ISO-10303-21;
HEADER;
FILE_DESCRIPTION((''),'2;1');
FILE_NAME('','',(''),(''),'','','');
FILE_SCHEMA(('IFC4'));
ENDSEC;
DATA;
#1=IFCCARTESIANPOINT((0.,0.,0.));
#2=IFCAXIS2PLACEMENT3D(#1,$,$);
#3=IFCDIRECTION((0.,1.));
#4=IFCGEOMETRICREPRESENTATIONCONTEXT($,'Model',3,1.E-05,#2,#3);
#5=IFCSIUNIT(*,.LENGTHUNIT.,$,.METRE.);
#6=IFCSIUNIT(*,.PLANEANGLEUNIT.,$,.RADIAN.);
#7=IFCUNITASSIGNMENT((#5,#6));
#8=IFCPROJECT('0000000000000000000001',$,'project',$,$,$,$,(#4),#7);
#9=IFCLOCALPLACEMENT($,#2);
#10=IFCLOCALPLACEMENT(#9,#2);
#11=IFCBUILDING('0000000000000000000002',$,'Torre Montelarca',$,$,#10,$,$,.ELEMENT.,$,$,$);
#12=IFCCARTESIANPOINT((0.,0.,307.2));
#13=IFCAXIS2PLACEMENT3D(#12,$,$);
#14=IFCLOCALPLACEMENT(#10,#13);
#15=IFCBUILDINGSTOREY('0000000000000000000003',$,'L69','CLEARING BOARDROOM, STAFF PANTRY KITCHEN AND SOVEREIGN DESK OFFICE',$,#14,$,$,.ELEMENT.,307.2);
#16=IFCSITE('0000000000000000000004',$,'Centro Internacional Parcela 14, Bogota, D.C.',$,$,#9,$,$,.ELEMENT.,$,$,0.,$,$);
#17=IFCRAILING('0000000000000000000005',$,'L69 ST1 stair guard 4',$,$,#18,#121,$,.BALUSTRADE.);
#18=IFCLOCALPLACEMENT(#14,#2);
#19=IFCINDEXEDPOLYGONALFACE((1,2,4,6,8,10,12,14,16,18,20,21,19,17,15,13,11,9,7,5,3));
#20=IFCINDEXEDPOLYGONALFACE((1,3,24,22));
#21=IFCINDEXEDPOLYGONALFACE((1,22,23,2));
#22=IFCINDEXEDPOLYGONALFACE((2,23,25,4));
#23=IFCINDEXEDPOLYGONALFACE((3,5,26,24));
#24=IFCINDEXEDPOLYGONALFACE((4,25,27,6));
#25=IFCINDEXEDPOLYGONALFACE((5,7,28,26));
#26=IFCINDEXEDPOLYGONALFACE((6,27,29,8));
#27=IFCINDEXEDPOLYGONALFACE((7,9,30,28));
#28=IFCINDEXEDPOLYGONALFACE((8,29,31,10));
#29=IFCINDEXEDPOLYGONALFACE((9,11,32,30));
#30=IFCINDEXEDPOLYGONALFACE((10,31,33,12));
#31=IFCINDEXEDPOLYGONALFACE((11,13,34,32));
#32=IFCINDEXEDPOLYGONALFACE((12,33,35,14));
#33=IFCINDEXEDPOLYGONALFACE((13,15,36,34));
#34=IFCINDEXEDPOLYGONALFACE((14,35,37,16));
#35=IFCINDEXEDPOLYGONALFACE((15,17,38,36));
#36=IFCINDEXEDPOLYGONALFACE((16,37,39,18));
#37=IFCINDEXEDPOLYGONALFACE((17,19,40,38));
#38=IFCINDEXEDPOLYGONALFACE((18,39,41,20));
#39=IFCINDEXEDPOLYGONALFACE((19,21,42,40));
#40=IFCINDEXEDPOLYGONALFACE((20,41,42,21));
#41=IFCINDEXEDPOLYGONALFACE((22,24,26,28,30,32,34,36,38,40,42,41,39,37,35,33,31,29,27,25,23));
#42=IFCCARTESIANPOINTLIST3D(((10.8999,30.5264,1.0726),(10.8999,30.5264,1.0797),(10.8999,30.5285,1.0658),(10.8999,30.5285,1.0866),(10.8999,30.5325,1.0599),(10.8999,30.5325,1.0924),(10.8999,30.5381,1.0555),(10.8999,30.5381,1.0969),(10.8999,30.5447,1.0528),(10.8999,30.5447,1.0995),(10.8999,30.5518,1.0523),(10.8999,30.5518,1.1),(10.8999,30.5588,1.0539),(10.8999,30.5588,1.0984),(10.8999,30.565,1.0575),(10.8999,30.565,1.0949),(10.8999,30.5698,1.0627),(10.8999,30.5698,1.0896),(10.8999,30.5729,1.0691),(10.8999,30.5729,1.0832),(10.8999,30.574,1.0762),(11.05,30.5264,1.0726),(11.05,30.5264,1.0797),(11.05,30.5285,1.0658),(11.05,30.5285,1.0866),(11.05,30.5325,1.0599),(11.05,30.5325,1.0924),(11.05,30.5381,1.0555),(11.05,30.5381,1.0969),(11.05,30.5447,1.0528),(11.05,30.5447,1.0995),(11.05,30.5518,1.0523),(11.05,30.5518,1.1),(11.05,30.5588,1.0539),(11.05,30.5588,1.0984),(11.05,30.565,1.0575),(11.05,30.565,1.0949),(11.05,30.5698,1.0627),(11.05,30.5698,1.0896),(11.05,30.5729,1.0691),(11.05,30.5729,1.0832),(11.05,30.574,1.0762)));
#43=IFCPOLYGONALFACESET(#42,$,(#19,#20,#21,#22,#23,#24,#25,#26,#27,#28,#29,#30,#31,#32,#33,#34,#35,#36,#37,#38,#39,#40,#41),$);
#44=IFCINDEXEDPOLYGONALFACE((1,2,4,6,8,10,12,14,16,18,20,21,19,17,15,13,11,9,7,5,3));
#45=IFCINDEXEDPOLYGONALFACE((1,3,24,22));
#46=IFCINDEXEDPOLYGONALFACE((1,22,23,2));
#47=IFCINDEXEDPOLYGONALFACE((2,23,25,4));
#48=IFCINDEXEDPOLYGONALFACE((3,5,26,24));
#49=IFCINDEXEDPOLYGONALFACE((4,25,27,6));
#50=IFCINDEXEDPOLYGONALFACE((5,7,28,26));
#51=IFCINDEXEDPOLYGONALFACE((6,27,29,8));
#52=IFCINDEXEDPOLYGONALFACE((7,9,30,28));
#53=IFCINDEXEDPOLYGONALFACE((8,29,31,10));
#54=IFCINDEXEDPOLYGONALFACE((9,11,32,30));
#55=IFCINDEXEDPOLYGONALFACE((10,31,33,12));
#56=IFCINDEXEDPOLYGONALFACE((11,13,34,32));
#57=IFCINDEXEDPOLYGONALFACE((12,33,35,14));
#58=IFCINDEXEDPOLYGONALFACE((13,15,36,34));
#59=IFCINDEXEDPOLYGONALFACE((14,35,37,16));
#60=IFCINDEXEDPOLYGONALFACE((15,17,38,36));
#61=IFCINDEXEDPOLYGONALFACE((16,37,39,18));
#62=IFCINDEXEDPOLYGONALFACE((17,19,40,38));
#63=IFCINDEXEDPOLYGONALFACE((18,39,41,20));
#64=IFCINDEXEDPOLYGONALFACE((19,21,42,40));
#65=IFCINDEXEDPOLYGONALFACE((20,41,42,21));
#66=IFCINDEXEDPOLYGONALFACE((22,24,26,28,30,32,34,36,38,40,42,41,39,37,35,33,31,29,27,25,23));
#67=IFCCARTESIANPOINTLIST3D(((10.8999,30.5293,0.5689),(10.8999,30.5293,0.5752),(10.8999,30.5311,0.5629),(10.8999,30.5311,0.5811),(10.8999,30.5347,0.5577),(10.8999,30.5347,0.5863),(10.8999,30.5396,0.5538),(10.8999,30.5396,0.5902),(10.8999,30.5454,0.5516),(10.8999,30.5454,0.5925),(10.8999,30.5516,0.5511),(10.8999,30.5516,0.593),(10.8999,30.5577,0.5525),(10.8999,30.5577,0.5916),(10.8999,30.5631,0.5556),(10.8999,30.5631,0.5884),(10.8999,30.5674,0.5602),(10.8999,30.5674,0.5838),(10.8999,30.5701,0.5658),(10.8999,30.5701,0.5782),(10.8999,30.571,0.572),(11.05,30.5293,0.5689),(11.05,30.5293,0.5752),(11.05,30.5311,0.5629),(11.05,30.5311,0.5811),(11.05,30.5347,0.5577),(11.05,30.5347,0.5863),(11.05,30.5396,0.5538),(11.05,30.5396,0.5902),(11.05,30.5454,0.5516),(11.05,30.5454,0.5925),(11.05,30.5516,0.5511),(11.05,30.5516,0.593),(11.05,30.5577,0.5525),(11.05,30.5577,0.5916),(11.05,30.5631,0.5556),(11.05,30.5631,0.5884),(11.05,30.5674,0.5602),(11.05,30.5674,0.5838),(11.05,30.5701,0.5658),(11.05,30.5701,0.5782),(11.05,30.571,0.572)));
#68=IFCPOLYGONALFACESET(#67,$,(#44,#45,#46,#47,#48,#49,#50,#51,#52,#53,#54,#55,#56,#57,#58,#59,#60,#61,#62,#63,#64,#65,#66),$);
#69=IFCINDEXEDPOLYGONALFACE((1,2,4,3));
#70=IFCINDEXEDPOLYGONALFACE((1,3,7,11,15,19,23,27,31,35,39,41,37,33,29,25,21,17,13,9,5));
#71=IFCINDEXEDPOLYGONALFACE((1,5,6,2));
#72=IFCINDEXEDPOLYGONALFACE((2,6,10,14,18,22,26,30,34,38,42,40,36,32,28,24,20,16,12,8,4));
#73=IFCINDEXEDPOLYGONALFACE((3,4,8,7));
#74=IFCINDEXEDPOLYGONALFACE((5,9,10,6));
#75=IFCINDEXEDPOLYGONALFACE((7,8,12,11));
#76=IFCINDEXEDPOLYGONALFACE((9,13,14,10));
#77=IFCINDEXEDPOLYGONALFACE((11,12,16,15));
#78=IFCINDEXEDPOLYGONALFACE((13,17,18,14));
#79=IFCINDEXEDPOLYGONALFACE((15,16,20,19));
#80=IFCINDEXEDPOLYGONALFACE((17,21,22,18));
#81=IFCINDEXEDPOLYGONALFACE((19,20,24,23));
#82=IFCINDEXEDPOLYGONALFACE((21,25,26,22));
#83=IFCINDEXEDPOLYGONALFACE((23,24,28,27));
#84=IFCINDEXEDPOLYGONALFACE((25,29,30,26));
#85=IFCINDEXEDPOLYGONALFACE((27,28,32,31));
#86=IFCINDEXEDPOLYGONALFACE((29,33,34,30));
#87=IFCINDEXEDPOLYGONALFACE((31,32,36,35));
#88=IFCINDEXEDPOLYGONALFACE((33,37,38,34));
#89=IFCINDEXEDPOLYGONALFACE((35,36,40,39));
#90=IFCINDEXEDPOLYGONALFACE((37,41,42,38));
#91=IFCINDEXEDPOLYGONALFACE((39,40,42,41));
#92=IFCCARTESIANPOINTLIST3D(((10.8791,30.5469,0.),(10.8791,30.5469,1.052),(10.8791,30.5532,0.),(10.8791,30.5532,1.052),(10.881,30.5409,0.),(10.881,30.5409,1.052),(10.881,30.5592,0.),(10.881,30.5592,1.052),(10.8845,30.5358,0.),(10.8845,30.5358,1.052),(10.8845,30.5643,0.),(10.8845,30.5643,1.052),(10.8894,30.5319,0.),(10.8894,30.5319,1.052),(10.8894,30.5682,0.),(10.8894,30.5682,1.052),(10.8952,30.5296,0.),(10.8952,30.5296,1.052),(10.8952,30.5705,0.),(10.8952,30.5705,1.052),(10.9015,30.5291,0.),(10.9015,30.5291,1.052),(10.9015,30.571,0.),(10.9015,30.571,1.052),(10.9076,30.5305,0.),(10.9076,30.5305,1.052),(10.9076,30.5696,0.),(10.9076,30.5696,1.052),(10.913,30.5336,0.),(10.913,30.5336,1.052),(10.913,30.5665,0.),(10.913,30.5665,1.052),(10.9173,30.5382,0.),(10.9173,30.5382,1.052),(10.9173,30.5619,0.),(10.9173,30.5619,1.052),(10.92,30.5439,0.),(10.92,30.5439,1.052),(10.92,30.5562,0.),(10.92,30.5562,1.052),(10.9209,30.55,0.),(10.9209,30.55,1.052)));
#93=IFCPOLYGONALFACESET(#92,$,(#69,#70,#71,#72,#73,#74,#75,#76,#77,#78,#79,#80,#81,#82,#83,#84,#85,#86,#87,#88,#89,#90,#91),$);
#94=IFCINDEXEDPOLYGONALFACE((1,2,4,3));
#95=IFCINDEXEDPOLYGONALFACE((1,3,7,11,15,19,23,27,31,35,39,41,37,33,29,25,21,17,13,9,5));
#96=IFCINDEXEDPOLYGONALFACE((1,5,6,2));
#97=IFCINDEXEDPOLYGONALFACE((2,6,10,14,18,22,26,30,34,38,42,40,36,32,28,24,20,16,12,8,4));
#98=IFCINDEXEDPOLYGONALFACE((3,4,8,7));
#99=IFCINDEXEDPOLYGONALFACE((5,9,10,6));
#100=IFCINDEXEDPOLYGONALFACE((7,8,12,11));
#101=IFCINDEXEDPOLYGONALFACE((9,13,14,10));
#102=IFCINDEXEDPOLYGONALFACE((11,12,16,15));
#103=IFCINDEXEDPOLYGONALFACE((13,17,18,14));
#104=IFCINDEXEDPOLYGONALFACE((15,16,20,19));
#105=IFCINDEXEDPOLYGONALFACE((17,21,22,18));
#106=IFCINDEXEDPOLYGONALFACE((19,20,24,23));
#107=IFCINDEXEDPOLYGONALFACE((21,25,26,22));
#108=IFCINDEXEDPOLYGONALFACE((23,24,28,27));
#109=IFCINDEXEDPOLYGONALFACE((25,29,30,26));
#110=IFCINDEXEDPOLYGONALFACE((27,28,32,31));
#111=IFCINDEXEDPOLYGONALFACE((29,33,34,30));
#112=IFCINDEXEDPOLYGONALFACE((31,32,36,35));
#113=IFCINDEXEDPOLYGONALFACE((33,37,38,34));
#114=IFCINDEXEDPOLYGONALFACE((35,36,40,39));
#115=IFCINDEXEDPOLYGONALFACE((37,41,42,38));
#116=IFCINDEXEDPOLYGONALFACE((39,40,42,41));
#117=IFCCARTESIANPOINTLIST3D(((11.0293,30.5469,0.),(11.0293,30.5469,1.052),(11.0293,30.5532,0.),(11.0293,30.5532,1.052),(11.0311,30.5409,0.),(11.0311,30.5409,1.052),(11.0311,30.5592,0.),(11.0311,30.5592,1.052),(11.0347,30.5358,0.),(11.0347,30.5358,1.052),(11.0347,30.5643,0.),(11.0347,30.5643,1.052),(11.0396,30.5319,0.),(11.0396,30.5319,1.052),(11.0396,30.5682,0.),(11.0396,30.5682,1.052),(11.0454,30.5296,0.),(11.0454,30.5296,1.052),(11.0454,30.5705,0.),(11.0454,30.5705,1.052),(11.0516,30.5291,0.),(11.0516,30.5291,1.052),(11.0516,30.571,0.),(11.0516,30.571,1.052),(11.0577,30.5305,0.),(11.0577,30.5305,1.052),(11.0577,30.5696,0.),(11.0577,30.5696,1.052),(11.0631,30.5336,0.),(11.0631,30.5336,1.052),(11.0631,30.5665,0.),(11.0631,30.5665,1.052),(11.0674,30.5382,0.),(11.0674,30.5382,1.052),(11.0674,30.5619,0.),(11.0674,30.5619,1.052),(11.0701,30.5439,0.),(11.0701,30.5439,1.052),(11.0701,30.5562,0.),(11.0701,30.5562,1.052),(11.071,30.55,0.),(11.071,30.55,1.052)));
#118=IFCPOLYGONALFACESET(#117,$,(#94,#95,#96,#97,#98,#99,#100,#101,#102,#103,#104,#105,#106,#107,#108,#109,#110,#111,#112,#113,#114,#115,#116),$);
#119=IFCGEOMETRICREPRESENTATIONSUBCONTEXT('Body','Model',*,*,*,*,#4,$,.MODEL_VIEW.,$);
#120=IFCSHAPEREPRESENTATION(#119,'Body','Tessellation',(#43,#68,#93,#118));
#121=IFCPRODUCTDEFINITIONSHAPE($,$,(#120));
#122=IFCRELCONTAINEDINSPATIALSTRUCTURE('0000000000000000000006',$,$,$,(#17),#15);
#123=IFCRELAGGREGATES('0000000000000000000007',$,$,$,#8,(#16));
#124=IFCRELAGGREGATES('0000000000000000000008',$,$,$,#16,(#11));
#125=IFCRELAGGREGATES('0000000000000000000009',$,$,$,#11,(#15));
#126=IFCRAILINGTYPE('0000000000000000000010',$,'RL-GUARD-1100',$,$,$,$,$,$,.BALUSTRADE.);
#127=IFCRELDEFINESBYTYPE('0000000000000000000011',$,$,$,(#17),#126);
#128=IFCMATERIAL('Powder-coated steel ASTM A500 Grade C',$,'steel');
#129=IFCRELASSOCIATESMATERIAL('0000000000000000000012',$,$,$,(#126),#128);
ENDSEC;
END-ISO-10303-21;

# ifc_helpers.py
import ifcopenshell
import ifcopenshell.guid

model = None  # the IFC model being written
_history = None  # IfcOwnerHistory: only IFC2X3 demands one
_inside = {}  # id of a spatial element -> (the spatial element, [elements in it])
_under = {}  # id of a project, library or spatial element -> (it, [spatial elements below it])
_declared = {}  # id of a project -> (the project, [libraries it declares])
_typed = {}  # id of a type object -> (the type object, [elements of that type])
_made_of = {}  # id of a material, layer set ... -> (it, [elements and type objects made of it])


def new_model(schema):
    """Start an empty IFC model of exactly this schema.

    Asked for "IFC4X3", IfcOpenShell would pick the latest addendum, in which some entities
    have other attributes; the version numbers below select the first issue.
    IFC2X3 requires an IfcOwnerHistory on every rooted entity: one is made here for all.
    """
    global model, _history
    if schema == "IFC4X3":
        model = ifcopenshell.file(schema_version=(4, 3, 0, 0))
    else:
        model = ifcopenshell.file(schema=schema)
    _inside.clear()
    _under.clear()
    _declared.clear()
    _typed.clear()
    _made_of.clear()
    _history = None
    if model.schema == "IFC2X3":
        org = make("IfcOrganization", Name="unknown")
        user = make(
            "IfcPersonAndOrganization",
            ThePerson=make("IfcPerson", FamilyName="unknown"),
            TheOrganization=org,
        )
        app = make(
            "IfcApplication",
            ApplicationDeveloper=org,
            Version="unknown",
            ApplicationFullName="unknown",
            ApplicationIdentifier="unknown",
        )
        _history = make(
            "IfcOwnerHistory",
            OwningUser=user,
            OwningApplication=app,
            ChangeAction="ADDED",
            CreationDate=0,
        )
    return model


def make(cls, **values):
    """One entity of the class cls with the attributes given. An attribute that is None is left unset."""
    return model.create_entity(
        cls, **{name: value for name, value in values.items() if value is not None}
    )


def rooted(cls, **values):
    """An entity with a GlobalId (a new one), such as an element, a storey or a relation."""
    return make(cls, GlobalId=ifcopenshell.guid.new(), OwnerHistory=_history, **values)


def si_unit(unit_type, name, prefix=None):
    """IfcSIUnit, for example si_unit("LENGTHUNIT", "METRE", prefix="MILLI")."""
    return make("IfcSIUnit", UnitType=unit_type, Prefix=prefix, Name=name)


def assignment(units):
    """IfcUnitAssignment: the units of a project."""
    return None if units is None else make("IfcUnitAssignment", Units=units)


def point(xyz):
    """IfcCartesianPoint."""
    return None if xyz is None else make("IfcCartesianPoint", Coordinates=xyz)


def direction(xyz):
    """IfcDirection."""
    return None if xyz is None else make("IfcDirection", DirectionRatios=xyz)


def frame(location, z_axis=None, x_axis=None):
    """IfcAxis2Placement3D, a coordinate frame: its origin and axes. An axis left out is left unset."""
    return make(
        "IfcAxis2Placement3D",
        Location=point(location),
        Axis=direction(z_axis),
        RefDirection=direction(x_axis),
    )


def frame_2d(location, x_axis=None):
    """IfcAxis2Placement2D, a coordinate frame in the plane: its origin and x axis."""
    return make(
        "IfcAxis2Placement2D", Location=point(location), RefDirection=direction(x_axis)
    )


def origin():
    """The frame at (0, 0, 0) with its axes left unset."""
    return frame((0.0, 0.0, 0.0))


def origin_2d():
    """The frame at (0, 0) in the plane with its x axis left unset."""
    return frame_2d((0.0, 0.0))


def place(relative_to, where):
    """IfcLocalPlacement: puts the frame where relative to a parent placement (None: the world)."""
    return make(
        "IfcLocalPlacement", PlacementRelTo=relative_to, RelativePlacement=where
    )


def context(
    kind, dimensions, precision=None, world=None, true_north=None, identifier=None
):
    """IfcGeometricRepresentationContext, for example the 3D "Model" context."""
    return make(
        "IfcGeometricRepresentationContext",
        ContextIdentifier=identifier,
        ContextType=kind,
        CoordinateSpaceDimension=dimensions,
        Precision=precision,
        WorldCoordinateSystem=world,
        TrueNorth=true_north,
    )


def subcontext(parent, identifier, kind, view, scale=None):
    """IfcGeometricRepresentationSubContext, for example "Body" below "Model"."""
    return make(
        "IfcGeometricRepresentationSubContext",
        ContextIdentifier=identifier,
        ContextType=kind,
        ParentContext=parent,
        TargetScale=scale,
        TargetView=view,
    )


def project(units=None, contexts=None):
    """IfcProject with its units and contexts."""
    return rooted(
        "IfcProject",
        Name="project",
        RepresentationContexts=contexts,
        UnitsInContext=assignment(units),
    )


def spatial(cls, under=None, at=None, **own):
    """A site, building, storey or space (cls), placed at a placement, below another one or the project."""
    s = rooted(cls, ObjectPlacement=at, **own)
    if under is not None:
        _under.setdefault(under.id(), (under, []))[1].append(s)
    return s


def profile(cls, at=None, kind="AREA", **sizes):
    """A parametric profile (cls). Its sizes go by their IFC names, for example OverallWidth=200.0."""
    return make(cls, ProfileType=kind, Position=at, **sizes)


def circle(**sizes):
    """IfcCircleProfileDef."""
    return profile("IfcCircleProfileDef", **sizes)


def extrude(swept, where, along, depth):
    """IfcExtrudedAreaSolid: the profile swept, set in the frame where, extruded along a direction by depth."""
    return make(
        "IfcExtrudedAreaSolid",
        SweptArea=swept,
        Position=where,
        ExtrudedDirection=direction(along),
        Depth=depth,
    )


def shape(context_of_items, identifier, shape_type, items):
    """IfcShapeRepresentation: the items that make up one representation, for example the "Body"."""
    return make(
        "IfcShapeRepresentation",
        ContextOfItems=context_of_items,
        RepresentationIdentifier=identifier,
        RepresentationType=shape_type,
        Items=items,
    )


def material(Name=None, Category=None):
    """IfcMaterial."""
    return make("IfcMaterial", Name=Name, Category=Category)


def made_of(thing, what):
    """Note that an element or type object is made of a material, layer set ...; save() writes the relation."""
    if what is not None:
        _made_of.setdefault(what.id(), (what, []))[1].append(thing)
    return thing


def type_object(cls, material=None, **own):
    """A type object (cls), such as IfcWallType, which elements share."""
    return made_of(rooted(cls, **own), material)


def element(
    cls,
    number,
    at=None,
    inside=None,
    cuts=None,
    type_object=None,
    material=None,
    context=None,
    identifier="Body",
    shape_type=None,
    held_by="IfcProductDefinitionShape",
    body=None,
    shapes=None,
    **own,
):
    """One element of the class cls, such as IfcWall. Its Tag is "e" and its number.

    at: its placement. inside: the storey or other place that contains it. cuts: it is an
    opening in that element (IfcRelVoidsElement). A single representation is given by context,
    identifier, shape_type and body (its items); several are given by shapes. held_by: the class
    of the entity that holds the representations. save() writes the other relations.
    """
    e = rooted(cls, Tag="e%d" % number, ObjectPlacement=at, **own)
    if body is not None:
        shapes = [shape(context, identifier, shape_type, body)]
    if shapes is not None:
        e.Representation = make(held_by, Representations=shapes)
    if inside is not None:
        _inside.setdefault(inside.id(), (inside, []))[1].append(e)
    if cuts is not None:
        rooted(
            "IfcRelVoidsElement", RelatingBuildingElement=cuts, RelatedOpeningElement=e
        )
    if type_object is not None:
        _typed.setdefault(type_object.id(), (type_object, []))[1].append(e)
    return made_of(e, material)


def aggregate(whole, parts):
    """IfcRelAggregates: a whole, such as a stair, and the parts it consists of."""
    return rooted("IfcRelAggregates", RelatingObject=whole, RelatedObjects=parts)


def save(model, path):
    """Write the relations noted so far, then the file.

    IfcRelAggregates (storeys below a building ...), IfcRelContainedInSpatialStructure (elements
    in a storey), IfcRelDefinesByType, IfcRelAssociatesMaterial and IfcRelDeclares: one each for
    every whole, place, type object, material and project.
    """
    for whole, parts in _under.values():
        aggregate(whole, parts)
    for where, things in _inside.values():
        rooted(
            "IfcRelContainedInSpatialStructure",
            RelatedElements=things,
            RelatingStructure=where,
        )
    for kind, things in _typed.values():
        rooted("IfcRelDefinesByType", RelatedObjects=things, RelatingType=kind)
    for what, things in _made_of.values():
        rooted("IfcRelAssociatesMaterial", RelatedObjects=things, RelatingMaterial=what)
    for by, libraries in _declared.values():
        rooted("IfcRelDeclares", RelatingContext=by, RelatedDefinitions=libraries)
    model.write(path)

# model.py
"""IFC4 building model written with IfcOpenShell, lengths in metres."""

from ifc_helpers import new_model, si_unit, direction, frame, origin, origin_2d, place, context, subcontext, project, spatial, circle, extrude, material, type_object, element, save


model = new_model("IFC4")

# Units and contexts
model_context = context("Model", 3, precision=1e-05, world=origin(), true_north=direction((0.0, 1.0)))
body_context = subcontext(model_context, "Body", "Model", "MODEL_VIEW")
ifc_project = project(units=[si_unit("LENGTHUNIT", "METRE"), si_unit("PLANEANGLEUNIT", "RADIAN")], contexts=[model_context])

# Site, building, storey
site_placement = place(None, origin())
site = spatial("IfcSite", under=ifc_project, at=site_placement, Name="Centro Internacional Parcela 14, Bogota, D.C.", CompositionType="ELEMENT", RefElevation=0.0)
building_placement = place(site_placement, origin())
building = spatial("IfcBuilding", under=site, at=building_placement, Name="Torre Montelarca", CompositionType="ELEMENT")
storey_placement = place(building_placement, frame((0.0, 0.0, 307.2)))
storey = spatial("IfcBuildingStorey", under=building, at=storey_placement, Name="L69", Description="CLEARING BOARDROOM, STAFF PANTRY KITCHEN AND SOVEREIGN DESK OFFICE", CompositionType="ELEMENT", Elevation=307.2)

# Railing
ifc_material_1 = material(Name="Powder-coated steel ASTM A500 Grade C", Category="steel")
railing_type_1 = type_object("IfcRailingType", Name="RL-GUARD-1100", PredefinedType="BALUSTRADE", material=ifc_material_1)
railing_1_placement = place(storey_placement, frame((10.8999, 30.55, 0.0)))
element("IfcRailing", 1, at=railing_1_placement, inside=storey, type_object=railing_type_1, Name="L69 ST1 stair guard 4", PredefinedType="BALUSTRADE", context=body_context, shape_type="SweptSolid", body=[
    extrude(circle(Radius=0.0239, at=origin_2d()), frame((0.0, 0.0, 1.0762), z_axis=(1.0, 0.0, 0.0), x_axis=(0.0, 1.0, 0.0)), (0.0, 0.0, 1.0), 0.1501),
    extrude(circle(Radius=0.021, at=origin_2d()), frame((0.0, 0.0, 0.572), z_axis=(1.0, 0.0, 0.0), x_axis=(0.0, 1.0, 0.0)), (0.0, 0.0, 1.0), 0.1501),
    extrude(circle(Radius=0.021, at=origin_2d()), origin(), (0.0, 0.0, 1.0), 1.052),
    extrude(circle(Radius=0.021, at=origin_2d()), frame((0.1501, 0.0, 0.0)), (0.0, 0.0, 1.0), 1.052),
])

save(model, "model.ifc")
